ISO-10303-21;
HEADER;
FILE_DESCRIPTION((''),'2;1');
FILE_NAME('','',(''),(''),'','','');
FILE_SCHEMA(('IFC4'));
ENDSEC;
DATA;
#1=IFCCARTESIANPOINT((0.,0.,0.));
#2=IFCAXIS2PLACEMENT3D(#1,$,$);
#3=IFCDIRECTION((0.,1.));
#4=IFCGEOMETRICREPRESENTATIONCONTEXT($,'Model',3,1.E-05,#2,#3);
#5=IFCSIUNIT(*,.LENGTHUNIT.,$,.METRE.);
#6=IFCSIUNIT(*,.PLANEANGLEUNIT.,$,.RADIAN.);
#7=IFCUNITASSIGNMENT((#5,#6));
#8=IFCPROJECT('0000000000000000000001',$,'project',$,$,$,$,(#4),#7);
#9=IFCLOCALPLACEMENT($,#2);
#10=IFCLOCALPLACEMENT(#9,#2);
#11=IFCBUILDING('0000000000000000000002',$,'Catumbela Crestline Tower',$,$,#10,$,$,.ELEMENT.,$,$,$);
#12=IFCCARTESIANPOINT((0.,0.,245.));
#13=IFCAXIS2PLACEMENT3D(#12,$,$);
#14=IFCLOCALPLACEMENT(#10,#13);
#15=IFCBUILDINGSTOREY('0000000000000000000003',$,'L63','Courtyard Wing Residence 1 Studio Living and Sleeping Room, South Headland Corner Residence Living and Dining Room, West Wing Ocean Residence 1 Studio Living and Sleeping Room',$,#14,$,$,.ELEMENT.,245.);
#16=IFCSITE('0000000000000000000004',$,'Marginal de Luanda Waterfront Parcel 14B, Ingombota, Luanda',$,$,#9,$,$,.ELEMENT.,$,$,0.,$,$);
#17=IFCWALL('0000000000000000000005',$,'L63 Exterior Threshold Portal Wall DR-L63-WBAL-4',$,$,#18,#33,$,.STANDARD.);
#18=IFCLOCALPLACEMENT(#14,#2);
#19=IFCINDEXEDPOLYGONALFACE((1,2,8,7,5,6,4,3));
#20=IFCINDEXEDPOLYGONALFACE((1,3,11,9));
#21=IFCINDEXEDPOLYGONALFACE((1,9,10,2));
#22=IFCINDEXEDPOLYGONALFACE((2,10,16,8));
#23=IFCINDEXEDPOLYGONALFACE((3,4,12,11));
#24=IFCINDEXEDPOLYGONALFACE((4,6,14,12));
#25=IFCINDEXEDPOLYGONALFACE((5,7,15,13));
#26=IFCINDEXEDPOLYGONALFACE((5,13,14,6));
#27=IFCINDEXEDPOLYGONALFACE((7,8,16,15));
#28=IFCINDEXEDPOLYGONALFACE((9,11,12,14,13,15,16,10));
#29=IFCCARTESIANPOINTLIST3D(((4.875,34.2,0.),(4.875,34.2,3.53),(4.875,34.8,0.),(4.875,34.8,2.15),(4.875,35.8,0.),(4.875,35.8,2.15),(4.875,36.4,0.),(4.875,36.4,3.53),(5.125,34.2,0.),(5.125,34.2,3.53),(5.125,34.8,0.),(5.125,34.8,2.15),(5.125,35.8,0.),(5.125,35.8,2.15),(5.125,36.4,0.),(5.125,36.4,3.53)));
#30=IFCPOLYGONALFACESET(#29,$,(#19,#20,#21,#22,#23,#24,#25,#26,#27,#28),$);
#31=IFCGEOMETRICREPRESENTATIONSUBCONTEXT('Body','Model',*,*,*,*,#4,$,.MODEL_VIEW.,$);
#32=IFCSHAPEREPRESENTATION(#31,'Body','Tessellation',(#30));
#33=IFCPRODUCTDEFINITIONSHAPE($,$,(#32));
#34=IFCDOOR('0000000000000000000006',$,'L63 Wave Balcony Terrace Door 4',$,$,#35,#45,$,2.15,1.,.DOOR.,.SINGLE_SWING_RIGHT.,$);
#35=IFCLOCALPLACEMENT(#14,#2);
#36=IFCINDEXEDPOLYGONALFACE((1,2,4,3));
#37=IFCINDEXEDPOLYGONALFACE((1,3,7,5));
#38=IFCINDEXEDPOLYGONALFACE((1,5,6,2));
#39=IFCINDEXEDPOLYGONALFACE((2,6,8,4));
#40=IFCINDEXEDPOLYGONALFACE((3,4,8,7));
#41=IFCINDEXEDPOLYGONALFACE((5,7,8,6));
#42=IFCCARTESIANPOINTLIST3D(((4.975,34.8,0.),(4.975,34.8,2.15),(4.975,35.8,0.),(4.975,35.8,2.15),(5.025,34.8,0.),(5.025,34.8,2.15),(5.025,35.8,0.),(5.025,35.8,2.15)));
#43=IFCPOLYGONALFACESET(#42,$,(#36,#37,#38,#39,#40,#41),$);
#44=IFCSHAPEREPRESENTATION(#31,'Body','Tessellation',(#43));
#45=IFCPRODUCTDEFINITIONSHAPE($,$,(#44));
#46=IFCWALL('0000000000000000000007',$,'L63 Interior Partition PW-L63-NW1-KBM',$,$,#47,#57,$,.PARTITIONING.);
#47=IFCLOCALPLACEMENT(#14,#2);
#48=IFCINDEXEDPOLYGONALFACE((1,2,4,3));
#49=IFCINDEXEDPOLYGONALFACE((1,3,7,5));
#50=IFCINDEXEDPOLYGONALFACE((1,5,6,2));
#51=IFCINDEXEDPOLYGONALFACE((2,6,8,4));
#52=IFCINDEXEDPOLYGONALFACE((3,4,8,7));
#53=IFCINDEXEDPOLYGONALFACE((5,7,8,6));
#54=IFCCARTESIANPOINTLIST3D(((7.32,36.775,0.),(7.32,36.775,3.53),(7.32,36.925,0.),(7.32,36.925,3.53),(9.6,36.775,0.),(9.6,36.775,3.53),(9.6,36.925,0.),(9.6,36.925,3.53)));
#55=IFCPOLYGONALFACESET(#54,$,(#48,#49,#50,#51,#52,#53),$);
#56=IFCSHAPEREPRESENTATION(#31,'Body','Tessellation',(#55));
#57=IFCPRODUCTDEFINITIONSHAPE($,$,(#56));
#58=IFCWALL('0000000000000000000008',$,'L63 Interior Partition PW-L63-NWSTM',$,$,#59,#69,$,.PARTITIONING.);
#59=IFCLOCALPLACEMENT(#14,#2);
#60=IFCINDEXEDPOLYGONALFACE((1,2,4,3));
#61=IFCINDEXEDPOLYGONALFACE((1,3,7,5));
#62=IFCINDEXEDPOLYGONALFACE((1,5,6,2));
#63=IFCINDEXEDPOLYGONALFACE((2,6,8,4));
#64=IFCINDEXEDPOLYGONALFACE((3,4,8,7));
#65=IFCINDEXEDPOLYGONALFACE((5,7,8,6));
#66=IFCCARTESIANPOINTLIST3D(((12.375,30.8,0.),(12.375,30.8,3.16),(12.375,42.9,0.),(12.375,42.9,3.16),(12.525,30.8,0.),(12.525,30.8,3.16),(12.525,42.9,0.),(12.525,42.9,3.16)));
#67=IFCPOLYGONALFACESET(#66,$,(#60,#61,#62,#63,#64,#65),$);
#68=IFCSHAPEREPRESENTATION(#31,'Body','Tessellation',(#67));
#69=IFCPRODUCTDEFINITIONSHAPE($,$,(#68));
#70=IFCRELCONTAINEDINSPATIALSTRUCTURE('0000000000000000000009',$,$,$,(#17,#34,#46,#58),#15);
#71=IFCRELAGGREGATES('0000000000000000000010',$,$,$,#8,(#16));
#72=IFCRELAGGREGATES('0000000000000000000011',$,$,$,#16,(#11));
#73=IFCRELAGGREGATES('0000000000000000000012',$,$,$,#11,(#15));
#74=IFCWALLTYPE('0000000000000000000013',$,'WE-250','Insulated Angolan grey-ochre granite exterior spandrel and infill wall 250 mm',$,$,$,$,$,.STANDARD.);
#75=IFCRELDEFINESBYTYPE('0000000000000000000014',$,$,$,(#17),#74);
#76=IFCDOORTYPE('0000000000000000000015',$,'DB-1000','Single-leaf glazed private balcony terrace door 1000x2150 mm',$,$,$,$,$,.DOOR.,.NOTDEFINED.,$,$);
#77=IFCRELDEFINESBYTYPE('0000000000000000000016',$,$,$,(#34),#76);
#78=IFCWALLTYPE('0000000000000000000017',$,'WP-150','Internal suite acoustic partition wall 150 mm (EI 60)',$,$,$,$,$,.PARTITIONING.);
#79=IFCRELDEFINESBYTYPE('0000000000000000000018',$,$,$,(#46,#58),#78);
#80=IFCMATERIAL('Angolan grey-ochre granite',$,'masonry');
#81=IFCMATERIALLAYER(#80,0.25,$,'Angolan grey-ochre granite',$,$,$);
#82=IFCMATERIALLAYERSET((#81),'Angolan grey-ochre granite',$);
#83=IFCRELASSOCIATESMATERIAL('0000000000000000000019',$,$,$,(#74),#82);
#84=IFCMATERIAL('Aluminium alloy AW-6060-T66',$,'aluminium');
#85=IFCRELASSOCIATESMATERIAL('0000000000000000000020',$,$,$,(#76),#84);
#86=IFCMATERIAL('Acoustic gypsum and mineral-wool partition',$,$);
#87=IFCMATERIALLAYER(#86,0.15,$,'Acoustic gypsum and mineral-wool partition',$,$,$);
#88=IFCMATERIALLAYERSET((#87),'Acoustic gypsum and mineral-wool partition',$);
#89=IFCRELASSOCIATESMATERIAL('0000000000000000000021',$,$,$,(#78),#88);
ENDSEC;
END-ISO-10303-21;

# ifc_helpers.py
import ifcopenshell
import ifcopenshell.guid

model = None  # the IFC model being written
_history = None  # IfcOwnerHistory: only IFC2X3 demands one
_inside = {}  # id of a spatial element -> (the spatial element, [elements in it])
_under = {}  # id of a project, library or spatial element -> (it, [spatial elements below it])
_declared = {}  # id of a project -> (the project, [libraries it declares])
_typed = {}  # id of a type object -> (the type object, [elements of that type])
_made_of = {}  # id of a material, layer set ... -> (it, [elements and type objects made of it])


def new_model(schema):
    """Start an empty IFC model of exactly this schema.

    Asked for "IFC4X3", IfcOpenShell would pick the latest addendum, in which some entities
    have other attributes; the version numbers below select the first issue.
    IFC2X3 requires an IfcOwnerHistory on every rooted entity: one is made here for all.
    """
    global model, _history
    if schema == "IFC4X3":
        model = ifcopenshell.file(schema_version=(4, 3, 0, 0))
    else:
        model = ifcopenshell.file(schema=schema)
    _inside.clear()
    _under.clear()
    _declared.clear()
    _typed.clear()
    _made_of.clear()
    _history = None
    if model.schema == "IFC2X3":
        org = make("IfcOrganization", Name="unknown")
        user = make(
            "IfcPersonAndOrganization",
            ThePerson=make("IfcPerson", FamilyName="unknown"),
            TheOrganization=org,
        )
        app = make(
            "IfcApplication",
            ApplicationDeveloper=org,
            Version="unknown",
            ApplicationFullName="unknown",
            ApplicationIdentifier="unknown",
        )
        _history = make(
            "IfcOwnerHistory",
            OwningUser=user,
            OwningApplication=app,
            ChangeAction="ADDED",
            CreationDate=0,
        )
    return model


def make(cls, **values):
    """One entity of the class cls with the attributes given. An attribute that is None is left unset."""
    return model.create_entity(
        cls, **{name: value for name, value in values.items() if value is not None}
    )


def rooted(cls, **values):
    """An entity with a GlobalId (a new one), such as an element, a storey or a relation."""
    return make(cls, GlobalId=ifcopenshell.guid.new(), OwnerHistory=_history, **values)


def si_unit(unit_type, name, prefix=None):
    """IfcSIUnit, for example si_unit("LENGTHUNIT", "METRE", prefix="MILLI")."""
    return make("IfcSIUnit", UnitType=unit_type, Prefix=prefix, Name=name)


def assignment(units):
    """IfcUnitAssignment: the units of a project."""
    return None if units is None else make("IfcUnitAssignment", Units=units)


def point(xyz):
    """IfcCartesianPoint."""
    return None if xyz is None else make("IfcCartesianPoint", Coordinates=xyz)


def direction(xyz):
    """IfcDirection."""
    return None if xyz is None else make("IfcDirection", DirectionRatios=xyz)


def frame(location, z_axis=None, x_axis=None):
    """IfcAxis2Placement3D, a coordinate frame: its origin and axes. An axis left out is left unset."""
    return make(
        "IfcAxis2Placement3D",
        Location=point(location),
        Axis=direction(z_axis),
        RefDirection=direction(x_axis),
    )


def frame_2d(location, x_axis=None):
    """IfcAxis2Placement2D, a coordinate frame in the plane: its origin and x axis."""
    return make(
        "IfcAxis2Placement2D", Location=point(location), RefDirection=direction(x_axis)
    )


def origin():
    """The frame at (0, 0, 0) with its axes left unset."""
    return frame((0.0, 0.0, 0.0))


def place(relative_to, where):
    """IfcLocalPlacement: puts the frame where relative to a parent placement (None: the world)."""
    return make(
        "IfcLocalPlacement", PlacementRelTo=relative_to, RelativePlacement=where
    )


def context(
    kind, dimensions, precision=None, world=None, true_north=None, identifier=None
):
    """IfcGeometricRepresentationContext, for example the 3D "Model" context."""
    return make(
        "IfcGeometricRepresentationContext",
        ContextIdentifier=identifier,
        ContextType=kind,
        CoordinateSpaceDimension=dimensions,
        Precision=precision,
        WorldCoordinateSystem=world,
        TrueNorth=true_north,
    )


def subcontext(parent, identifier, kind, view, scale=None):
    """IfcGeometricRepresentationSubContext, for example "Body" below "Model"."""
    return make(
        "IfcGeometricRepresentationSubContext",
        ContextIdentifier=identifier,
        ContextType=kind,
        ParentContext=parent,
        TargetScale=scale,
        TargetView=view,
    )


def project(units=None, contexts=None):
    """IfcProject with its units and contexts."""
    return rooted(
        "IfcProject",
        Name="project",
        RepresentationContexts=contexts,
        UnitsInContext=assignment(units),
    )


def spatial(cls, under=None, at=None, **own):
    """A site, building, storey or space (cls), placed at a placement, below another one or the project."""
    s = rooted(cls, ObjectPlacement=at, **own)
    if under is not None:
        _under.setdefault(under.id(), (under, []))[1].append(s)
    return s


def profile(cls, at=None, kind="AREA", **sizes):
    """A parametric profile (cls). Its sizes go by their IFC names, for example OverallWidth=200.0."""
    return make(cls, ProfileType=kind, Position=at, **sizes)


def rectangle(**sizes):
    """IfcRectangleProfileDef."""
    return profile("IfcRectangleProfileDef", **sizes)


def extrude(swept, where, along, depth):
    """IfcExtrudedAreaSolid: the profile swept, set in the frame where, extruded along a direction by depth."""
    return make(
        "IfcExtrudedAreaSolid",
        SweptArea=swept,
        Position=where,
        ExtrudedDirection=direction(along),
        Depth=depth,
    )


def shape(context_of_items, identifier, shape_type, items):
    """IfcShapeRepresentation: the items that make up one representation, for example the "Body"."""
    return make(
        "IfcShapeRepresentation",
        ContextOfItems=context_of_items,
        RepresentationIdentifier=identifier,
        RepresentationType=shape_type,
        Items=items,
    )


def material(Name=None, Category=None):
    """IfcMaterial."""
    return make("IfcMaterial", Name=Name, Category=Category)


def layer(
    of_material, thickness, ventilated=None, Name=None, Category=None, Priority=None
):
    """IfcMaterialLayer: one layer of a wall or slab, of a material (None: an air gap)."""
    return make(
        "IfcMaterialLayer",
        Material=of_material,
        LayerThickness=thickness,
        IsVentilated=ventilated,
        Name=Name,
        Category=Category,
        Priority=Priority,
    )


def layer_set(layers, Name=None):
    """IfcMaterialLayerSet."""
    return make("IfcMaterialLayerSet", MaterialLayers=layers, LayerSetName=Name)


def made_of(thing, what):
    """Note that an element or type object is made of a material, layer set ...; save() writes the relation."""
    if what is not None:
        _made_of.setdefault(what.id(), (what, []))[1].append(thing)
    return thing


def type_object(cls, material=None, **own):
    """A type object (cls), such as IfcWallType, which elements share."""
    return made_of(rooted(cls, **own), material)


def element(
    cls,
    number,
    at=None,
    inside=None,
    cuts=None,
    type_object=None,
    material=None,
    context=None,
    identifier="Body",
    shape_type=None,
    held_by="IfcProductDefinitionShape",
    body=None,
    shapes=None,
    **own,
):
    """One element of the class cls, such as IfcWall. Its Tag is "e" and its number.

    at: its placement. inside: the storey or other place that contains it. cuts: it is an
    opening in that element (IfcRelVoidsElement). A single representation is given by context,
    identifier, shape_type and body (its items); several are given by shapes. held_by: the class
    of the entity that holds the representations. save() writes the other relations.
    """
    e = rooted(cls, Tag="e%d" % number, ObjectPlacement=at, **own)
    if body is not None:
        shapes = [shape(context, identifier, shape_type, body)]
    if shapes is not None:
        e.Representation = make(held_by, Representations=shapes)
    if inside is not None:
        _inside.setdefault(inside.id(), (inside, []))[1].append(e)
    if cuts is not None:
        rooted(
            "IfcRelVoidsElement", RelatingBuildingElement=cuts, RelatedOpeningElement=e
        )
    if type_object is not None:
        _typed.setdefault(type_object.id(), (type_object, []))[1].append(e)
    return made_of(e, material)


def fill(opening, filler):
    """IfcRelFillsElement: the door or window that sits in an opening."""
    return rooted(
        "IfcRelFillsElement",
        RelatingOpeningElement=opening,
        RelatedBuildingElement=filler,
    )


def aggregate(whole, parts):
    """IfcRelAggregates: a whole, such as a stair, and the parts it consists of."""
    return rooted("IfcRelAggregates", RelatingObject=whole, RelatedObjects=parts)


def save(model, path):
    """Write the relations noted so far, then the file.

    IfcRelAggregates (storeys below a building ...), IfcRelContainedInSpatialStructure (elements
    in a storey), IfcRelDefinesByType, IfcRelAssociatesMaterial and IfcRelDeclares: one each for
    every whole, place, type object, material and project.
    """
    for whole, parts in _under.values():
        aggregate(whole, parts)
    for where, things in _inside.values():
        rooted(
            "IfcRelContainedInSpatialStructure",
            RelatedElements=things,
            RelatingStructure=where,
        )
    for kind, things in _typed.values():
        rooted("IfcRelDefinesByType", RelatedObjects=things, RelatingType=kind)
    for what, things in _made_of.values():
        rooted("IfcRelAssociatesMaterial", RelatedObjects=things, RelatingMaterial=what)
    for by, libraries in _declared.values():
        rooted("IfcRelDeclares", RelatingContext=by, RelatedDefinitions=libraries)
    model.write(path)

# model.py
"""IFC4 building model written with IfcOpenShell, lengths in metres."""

from ifc_helpers import new_model, si_unit, direction, frame, frame_2d, origin, place, context, subcontext, project, spatial, rectangle, extrude, material, layer, layer_set, type_object, element, fill, save


model = new_model("IFC4")

# Units and contexts
model_context = context("Model", 3, precision=1e-05, world=origin(), true_north=direction((0.0, 1.0)))
body_context = subcontext(model_context, "Body", "Model", "MODEL_VIEW")
ifc_project = project(units=[si_unit("LENGTHUNIT", "METRE"), si_unit("PLANEANGLEUNIT", "RADIAN")], contexts=[model_context])

# Site, building, storey
site_placement = place(None, origin())
site = spatial("IfcSite", under=ifc_project, at=site_placement, Name="Marginal de Luanda Waterfront Parcel 14B, Ingombota, Luanda", CompositionType="ELEMENT", RefElevation=0.0)
building_placement = place(site_placement, origin())
building = spatial("IfcBuilding", under=site, at=building_placement, Name="Catumbela Crestline Tower", CompositionType="ELEMENT")
storey_placement = place(building_placement, frame((0.0, 0.0, 245.0)))
storey = spatial("IfcBuildingStorey", under=building, at=storey_placement, Name="L63", Description="Courtyard Wing Residence 1 Studio Living and Sleeping Room, South Headland Corner Residence Living and Dining Room, West Wing Ocean Residence 1 Studio Living and Sleeping Room", CompositionType="ELEMENT", Elevation=245.0)

# Shared definitions
ifc_material_1 = material(Name="Aluminium alloy AW-6060-T66", Category="aluminium")

# Shared definitions
ifc_material_2 = material(Name="Acoustic gypsum and mineral-wool partition")

# Wall, opening, door
ifc_material_3 = material(Name="Angolan grey-ochre granite", Category="masonry")
ifc_layer_1 = layer(ifc_material_3, 0.25, Name="Angolan grey-ochre granite")
ifc_layer_set_1 = layer_set([ifc_layer_1], Name="Angolan grey-ochre granite")
wall_type_1 = type_object("IfcWallType", Name="WE-250", Description="Insulated Angolan grey-ochre granite exterior spandrel and infill wall 250 mm", PredefinedType="STANDARD", material=ifc_layer_set_1)
wall_1_placement = place(storey_placement, frame((5.0, 36.4, 0.0), z_axis=(0.0, 0.0, 1.0), x_axis=(0.0, -1.0, 0.0)))
wall_1 = element("IfcWall", 1, at=wall_1_placement, inside=storey, type_object=wall_type_1, Name="L63 Exterior Threshold Portal Wall DR-L63-WBAL-4", PredefinedType="STANDARD", context=body_context, shape_type="SweptSolid", body=[
    extrude(rectangle(XDim=2.2, YDim=0.25, at=frame_2d((1.1, 0.0))), origin(), (0.0, 0.0, 1.0), 3.53),
])
opening_1_placement = place(wall_1_placement, frame((0.6, 0.0, 0.0)))
opening_1 = element("IfcOpeningElement", 2, at=opening_1_placement, cuts=wall_1, PredefinedType="OPENING", context=body_context, shape_type="SweptSolid", body=[
    extrude(rectangle(XDim=1.0, YDim=2.15, at=frame_2d((0.5, 1.075))), frame((0.0, 0.135, 0.0), z_axis=(0.0, -1.0, 0.0), x_axis=(1.0, 0.0, 0.0)), (0.0, 0.0, 1.0), 0.27),
])
door_type_1 = type_object("IfcDoorType", Name="DB-1000", Description="Single-leaf glazed private balcony terrace door 1000x2150 mm", OperationType="NOTDEFINED", PredefinedType="DOOR", material=ifc_material_1)
door_1_placement = place(opening_1_placement, origin())
door_1 = element("IfcDoor", 3, at=door_1_placement, inside=storey, type_object=door_type_1, Name="L63 Wave Balcony Terrace Door 4", OperationType="SINGLE_SWING_RIGHT", OverallHeight=2.15, OverallWidth=1.0, PredefinedType="DOOR", context=body_context, shape_type="SweptSolid", body=[
    extrude(rectangle(XDim=1.0, YDim=2.15, at=frame_2d((0.5, 1.075))), frame((0.0, 0.025, 0.0), z_axis=(0.0, -1.0, 0.0), x_axis=(1.0, 0.0, 0.0)), (0.0, 0.0, 1.0), 0.05),
])
fill(opening_1, door_1)

# Walls
ifc_layer_2 = layer(ifc_material_2, 0.15, Name="Acoustic gypsum and mineral-wool partition")
ifc_layer_set_2 = layer_set([ifc_layer_2], Name="Acoustic gypsum and mineral-wool partition")
wall_type_2 = type_object("IfcWallType", Name="WP-150", Description="Internal suite acoustic partition wall 150 mm (EI 60)", PredefinedType="PARTITIONING", material=ifc_layer_set_2)
wall_2_placement = place(storey_placement, frame((7.32, 36.85, 0.0), z_axis=(0.0, 0.0, 1.0), x_axis=(1.0, 0.0, 0.0)))
element("IfcWall", 4, at=wall_2_placement, inside=storey, type_object=wall_type_2, Name="L63 Interior Partition PW-L63-NW1-KBM", PredefinedType="PARTITIONING", context=body_context, shape_type="SweptSolid", body=[
    extrude(rectangle(XDim=2.28, YDim=0.15, at=frame_2d((1.14, 0.0))), origin(), (0.0, 0.0, 1.0), 3.53),
])
wall_3_placement = place(storey_placement, frame((12.45, 30.8, 0.0), z_axis=(0.0, 0.0, 1.0), x_axis=(0.0, 1.0, 0.0)))
element("IfcWall", 5, at=wall_3_placement, inside=storey, type_object=wall_type_2, Name="L63 Interior Partition PW-L63-NWSTM", PredefinedType="PARTITIONING", context=body_context, shape_type="SweptSolid", body=[
    extrude(rectangle(XDim=12.1, YDim=0.15, at=frame_2d((6.05, 0.0))), origin(), (0.0, 0.0, 1.0), 3.16),
])

save(model, "model.ifc")
